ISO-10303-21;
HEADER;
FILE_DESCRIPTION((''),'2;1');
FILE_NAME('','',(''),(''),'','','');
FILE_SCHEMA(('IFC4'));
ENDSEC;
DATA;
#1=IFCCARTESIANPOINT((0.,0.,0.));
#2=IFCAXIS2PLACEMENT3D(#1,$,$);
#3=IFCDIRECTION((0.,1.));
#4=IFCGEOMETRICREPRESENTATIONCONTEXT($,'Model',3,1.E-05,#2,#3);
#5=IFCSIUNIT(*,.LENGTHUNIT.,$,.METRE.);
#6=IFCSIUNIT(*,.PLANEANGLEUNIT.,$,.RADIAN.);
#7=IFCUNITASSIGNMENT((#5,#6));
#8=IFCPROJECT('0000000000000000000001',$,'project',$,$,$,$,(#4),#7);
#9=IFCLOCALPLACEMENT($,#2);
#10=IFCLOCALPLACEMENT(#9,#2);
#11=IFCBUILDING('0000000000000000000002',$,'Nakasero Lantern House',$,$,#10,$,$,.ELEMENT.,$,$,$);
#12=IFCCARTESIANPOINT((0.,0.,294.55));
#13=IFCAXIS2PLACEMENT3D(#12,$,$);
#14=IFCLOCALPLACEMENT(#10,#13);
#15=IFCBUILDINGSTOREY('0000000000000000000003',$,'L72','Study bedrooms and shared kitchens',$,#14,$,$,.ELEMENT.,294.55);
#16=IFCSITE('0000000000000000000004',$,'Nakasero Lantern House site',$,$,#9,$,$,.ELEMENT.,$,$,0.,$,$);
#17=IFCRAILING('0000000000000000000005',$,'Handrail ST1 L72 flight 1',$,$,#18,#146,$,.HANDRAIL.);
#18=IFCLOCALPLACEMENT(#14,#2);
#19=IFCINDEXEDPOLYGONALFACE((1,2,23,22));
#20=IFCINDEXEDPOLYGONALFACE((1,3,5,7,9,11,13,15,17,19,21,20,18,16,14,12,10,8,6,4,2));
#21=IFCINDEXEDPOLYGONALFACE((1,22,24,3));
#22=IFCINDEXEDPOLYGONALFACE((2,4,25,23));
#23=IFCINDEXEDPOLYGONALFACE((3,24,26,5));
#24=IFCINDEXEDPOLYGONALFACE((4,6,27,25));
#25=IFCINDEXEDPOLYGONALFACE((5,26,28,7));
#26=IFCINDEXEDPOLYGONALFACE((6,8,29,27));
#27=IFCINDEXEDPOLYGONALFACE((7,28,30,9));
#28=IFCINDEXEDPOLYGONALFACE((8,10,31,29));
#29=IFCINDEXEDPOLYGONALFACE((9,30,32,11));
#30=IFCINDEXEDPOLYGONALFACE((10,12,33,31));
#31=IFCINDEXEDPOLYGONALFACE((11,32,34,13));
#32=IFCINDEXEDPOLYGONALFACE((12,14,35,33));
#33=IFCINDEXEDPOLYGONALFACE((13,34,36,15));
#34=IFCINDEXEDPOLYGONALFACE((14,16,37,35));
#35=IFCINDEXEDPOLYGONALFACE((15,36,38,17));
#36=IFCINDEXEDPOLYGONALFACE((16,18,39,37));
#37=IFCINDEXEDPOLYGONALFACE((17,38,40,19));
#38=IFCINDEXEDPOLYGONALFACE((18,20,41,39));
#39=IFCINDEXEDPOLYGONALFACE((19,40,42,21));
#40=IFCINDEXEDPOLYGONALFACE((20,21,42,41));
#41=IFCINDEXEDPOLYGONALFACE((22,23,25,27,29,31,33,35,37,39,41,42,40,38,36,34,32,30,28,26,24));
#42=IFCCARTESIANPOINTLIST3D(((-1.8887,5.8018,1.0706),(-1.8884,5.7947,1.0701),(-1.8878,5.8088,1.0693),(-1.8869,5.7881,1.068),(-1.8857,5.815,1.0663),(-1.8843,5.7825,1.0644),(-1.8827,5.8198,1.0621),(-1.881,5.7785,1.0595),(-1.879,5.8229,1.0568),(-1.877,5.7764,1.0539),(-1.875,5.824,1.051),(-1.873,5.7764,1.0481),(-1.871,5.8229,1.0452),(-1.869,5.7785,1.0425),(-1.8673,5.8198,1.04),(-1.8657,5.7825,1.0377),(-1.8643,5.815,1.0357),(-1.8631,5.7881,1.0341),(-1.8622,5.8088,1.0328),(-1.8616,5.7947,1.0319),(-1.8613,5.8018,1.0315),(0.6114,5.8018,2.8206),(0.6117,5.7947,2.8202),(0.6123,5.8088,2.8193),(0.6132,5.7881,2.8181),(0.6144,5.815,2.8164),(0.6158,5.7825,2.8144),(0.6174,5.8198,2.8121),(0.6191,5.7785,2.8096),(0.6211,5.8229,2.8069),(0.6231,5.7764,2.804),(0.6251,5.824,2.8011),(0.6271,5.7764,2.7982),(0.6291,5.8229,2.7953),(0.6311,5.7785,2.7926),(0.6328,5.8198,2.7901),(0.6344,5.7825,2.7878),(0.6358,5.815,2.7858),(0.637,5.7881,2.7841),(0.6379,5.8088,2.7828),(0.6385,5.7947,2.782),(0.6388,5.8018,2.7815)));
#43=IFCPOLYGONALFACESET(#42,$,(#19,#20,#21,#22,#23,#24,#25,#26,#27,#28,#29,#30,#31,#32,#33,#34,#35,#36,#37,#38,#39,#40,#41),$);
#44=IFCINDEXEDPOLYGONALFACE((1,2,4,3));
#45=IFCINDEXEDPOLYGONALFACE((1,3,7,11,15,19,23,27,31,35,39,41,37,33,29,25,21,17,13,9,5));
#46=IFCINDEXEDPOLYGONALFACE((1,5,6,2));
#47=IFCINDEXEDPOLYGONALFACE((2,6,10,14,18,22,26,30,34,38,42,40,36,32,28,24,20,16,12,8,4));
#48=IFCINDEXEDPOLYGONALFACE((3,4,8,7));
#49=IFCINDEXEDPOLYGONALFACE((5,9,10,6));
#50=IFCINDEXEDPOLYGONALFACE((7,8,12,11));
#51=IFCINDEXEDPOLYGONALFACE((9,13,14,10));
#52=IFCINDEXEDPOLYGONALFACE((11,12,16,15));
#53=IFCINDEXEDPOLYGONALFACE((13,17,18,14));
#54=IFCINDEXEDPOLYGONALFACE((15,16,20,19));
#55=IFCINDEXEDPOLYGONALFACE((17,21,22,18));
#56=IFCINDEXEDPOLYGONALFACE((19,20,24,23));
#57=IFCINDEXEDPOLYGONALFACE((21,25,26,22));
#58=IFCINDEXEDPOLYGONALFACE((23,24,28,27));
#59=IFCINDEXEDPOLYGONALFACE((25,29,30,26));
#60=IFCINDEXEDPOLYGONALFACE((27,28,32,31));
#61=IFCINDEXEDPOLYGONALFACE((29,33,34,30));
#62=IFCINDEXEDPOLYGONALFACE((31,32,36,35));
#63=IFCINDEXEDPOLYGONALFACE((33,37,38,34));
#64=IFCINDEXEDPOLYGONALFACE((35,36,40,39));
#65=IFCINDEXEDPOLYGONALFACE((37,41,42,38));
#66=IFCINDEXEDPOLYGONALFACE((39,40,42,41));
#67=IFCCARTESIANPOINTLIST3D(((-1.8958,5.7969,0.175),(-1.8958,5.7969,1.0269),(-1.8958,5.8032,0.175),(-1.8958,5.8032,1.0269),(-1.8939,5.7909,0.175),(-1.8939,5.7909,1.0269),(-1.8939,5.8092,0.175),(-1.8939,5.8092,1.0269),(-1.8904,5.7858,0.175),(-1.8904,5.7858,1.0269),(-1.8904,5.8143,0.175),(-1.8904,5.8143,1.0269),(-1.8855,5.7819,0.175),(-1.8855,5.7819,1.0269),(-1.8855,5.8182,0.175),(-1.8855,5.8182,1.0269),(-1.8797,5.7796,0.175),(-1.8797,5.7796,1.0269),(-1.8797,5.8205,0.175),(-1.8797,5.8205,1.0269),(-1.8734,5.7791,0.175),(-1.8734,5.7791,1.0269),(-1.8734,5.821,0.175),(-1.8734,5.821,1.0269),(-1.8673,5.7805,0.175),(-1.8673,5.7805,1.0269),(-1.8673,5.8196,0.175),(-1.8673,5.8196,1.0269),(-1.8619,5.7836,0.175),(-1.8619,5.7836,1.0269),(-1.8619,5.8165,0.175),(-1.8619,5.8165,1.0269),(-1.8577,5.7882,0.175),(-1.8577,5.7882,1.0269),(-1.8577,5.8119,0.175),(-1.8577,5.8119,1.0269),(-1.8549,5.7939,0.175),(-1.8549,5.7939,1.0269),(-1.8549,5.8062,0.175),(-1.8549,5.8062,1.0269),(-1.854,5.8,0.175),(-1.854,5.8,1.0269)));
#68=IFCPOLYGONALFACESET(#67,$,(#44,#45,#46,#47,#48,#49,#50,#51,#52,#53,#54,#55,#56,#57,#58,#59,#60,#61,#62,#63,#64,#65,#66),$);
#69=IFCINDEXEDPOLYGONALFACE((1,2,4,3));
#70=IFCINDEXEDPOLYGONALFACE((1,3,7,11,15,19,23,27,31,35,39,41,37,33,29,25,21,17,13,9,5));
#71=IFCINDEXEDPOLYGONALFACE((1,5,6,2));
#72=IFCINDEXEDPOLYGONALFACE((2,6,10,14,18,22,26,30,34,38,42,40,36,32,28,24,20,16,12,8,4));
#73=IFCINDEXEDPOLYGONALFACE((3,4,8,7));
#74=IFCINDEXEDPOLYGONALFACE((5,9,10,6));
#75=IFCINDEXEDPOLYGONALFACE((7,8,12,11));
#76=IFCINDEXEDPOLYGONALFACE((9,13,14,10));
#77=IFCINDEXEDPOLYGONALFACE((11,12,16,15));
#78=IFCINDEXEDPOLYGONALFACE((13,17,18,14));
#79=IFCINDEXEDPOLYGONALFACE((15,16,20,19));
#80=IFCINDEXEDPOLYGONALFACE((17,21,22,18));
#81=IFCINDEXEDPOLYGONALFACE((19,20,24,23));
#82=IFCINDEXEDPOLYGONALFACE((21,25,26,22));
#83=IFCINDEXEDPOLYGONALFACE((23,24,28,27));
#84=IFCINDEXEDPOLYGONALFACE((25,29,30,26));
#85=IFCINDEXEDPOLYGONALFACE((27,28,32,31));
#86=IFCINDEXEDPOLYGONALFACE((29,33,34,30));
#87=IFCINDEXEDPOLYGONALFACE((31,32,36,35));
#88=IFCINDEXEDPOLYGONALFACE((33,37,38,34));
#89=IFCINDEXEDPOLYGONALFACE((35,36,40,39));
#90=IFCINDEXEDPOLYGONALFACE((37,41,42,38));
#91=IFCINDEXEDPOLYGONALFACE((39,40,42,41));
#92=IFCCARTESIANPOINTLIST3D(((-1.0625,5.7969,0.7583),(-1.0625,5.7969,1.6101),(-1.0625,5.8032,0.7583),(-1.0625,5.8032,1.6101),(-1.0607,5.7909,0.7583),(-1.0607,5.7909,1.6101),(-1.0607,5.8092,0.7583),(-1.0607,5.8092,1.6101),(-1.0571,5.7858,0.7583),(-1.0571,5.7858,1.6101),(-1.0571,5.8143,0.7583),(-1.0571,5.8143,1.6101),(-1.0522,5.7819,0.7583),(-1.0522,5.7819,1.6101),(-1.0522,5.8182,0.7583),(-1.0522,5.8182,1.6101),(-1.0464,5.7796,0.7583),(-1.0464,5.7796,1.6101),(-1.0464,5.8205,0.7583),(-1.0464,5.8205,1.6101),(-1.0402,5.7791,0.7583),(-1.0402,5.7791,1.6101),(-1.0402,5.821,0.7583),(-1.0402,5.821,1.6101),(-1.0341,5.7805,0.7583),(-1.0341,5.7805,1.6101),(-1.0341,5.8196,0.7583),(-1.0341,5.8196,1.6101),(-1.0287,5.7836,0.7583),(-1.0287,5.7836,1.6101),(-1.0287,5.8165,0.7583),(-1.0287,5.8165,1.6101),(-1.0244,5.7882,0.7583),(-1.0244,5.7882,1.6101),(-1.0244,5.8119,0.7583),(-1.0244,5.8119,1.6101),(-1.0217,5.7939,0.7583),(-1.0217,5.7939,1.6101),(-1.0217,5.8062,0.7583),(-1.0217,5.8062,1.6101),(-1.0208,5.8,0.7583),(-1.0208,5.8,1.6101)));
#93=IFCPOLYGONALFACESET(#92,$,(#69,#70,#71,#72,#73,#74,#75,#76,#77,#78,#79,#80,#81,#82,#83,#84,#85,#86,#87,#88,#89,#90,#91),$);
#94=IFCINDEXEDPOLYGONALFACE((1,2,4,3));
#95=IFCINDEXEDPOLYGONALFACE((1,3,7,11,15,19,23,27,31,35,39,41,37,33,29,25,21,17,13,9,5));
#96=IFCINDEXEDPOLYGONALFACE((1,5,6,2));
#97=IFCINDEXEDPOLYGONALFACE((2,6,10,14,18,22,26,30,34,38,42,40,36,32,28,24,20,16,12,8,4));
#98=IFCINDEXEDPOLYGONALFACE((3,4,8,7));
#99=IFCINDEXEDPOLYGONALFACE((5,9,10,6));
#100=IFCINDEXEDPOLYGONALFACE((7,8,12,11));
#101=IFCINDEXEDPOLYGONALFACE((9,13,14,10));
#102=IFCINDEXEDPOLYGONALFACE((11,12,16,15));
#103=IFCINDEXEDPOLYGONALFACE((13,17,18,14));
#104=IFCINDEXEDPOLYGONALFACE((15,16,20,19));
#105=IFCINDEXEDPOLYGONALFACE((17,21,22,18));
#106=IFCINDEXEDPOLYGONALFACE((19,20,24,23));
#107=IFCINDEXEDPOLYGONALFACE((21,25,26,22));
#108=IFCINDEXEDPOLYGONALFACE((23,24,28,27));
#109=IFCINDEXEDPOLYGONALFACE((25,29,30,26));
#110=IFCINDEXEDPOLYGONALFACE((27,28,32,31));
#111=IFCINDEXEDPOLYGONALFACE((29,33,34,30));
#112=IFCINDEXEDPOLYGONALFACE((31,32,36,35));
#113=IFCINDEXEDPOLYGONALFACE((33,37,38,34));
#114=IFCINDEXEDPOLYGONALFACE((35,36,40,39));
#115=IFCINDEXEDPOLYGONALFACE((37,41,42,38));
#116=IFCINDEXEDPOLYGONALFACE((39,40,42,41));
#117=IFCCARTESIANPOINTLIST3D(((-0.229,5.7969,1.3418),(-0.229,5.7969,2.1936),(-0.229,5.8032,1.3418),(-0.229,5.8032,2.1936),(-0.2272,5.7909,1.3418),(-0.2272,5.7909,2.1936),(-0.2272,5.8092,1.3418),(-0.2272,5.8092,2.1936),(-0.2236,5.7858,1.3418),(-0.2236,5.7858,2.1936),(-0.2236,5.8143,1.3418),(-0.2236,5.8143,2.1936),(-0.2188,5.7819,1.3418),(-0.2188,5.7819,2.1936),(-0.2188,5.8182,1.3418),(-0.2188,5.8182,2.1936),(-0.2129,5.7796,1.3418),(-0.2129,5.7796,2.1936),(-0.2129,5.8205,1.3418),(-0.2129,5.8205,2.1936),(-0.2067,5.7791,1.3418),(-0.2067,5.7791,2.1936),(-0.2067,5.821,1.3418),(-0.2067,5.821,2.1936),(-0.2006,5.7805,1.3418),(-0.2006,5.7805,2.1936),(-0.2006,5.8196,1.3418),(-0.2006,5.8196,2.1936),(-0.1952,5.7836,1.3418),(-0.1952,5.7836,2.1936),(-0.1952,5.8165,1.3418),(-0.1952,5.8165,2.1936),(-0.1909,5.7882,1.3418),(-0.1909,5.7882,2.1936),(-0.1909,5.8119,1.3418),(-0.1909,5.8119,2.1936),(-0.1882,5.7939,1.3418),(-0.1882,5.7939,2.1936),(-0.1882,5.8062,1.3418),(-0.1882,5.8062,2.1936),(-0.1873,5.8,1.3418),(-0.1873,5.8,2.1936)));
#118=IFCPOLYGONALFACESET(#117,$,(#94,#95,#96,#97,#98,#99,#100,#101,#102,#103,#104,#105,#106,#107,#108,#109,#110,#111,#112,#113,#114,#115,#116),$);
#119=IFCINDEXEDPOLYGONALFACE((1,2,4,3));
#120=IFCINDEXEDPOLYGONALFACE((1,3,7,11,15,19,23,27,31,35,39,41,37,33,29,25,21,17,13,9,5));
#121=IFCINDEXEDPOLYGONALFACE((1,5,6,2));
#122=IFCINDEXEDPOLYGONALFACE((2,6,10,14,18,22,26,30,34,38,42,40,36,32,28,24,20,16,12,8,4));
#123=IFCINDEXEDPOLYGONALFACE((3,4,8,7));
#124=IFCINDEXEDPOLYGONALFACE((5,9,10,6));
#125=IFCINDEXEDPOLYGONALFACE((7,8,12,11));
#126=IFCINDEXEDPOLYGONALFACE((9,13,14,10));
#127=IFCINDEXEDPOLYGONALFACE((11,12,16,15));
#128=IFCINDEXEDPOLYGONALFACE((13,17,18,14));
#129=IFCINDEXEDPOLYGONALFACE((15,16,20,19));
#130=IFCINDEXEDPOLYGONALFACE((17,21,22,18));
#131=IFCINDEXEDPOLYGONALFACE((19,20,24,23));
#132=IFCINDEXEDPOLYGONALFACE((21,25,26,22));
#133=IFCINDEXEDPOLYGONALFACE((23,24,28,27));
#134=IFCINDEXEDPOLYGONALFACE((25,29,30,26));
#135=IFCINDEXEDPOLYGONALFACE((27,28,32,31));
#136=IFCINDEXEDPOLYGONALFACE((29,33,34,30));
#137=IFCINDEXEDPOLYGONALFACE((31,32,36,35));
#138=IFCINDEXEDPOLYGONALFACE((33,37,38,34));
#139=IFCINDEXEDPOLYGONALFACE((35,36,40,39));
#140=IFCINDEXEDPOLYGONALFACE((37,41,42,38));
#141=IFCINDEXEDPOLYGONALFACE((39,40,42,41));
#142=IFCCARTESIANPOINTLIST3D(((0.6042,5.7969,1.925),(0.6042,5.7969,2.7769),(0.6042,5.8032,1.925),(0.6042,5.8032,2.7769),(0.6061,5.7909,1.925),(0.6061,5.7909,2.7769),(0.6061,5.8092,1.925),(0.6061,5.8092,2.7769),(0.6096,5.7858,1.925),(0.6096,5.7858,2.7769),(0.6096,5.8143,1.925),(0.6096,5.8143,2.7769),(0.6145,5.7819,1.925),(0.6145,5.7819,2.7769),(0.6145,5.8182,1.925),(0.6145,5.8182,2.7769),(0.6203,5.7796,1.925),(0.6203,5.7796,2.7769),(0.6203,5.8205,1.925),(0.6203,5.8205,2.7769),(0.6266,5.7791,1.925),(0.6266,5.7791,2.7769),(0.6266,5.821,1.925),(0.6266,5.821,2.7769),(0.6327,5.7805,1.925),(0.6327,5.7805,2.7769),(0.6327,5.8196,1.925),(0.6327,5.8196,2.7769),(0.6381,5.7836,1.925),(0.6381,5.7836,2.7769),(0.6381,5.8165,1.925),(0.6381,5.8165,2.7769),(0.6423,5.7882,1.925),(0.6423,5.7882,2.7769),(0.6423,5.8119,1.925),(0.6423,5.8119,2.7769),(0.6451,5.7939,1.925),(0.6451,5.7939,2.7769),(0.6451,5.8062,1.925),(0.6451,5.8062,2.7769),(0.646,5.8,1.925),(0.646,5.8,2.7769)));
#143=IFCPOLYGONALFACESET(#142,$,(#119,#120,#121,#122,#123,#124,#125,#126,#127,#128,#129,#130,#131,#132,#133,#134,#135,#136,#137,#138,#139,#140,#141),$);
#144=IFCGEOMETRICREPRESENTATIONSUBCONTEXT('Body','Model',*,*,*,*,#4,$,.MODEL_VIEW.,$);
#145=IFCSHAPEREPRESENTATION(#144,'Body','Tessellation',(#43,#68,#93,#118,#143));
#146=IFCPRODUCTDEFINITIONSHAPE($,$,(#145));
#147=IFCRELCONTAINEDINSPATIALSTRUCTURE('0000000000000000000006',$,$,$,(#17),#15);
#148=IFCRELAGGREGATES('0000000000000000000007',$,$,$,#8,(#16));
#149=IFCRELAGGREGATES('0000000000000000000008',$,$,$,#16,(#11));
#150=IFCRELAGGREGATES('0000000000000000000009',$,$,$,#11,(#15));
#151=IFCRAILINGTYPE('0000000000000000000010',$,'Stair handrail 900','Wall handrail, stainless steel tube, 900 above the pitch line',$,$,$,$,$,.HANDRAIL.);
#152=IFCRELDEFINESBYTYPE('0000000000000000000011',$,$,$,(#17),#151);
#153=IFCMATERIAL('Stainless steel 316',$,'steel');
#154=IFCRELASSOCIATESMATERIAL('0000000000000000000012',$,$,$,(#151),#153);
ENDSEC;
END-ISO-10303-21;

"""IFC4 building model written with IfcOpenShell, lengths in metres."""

from ifc_helpers import new_model, si_unit, direction, frame, origin, origin_2d, place, context, subcontext, project, spatial, circle, extrude, material, type_object, element, save


model = new_model("IFC4")

# Units and contexts
model_context = context("Model", 3, precision=1e-05, world=origin(), true_north=direction((0.0, 1.0)))
body_context = subcontext(model_context, "Body", "Model", "MODEL_VIEW")
ifc_project = project(units=[si_unit("LENGTHUNIT", "METRE"), si_unit("PLANEANGLEUNIT", "RADIAN")], contexts=[model_context])

# Site, building, storey
site_placement = place(None, origin())
site = spatial("IfcSite", under=ifc_project, at=site_placement, Name="Nakasero Lantern House site", CompositionType="ELEMENT", RefElevation=0.0)
building_placement = place(site_placement, origin())
building = spatial("IfcBuilding", under=site, at=building_placement, Name="Nakasero Lantern House", CompositionType="ELEMENT")
storey_placement = place(building_placement, frame((0.0, 0.0, 294.55)))
storey = spatial("IfcBuildingStorey", under=building, at=storey_placement, Name="L72", Description="Study bedrooms and shared kitchens", CompositionType="ELEMENT", Elevation=294.55)

# Railing
ifc_material_1 = material(Name="Stainless steel 316", Category="steel")
railing_type = type_object("IfcRailingType", Name="Stair handrail 900", Description="Wall handrail, stainless steel tube, 900 above the pitch line", PredefinedType="HANDRAIL", material=ifc_material_1)
railing_placement = place(storey_placement, frame((-1.875, 5.8, 0.175)))
element("IfcRailing", 1, at=railing_placement, inside=storey, type_object=railing_type, Name="Handrail ST1 L72 flight 1", PredefinedType="HANDRAIL", context=body_context, shape_type="SweptSolid", body=[
    extrude(circle(Radius=0.0239, at=origin_2d()), frame((0.0, 0.0, 0.876), z_axis=(0.819232, 0.0, 0.573462), x_axis=(0.0, 1.0, 0.0)), (0.0, 0.0, 1.0), 3.0518),
    extrude(circle(Radius=0.021, at=origin_2d()), origin(), (0.0, 0.0, 1.0), 0.8518),
    extrude(circle(Radius=0.021, at=origin_2d()), frame((0.8333, 0.0, 0.5833)), (0.0, 0.0, 1.0), 0.8518),
    extrude(circle(Radius=0.021, at=origin_2d()), frame((1.6667, 0.0, 1.1667)), (0.0, 0.0, 1.0), 0.8518),
    extrude(circle(Radius=0.021, at=origin_2d()), frame((2.5, 0.0, 1.75)), (0.0, 0.0, 1.0), 0.8518),
])

save(model, "model.ifc")
